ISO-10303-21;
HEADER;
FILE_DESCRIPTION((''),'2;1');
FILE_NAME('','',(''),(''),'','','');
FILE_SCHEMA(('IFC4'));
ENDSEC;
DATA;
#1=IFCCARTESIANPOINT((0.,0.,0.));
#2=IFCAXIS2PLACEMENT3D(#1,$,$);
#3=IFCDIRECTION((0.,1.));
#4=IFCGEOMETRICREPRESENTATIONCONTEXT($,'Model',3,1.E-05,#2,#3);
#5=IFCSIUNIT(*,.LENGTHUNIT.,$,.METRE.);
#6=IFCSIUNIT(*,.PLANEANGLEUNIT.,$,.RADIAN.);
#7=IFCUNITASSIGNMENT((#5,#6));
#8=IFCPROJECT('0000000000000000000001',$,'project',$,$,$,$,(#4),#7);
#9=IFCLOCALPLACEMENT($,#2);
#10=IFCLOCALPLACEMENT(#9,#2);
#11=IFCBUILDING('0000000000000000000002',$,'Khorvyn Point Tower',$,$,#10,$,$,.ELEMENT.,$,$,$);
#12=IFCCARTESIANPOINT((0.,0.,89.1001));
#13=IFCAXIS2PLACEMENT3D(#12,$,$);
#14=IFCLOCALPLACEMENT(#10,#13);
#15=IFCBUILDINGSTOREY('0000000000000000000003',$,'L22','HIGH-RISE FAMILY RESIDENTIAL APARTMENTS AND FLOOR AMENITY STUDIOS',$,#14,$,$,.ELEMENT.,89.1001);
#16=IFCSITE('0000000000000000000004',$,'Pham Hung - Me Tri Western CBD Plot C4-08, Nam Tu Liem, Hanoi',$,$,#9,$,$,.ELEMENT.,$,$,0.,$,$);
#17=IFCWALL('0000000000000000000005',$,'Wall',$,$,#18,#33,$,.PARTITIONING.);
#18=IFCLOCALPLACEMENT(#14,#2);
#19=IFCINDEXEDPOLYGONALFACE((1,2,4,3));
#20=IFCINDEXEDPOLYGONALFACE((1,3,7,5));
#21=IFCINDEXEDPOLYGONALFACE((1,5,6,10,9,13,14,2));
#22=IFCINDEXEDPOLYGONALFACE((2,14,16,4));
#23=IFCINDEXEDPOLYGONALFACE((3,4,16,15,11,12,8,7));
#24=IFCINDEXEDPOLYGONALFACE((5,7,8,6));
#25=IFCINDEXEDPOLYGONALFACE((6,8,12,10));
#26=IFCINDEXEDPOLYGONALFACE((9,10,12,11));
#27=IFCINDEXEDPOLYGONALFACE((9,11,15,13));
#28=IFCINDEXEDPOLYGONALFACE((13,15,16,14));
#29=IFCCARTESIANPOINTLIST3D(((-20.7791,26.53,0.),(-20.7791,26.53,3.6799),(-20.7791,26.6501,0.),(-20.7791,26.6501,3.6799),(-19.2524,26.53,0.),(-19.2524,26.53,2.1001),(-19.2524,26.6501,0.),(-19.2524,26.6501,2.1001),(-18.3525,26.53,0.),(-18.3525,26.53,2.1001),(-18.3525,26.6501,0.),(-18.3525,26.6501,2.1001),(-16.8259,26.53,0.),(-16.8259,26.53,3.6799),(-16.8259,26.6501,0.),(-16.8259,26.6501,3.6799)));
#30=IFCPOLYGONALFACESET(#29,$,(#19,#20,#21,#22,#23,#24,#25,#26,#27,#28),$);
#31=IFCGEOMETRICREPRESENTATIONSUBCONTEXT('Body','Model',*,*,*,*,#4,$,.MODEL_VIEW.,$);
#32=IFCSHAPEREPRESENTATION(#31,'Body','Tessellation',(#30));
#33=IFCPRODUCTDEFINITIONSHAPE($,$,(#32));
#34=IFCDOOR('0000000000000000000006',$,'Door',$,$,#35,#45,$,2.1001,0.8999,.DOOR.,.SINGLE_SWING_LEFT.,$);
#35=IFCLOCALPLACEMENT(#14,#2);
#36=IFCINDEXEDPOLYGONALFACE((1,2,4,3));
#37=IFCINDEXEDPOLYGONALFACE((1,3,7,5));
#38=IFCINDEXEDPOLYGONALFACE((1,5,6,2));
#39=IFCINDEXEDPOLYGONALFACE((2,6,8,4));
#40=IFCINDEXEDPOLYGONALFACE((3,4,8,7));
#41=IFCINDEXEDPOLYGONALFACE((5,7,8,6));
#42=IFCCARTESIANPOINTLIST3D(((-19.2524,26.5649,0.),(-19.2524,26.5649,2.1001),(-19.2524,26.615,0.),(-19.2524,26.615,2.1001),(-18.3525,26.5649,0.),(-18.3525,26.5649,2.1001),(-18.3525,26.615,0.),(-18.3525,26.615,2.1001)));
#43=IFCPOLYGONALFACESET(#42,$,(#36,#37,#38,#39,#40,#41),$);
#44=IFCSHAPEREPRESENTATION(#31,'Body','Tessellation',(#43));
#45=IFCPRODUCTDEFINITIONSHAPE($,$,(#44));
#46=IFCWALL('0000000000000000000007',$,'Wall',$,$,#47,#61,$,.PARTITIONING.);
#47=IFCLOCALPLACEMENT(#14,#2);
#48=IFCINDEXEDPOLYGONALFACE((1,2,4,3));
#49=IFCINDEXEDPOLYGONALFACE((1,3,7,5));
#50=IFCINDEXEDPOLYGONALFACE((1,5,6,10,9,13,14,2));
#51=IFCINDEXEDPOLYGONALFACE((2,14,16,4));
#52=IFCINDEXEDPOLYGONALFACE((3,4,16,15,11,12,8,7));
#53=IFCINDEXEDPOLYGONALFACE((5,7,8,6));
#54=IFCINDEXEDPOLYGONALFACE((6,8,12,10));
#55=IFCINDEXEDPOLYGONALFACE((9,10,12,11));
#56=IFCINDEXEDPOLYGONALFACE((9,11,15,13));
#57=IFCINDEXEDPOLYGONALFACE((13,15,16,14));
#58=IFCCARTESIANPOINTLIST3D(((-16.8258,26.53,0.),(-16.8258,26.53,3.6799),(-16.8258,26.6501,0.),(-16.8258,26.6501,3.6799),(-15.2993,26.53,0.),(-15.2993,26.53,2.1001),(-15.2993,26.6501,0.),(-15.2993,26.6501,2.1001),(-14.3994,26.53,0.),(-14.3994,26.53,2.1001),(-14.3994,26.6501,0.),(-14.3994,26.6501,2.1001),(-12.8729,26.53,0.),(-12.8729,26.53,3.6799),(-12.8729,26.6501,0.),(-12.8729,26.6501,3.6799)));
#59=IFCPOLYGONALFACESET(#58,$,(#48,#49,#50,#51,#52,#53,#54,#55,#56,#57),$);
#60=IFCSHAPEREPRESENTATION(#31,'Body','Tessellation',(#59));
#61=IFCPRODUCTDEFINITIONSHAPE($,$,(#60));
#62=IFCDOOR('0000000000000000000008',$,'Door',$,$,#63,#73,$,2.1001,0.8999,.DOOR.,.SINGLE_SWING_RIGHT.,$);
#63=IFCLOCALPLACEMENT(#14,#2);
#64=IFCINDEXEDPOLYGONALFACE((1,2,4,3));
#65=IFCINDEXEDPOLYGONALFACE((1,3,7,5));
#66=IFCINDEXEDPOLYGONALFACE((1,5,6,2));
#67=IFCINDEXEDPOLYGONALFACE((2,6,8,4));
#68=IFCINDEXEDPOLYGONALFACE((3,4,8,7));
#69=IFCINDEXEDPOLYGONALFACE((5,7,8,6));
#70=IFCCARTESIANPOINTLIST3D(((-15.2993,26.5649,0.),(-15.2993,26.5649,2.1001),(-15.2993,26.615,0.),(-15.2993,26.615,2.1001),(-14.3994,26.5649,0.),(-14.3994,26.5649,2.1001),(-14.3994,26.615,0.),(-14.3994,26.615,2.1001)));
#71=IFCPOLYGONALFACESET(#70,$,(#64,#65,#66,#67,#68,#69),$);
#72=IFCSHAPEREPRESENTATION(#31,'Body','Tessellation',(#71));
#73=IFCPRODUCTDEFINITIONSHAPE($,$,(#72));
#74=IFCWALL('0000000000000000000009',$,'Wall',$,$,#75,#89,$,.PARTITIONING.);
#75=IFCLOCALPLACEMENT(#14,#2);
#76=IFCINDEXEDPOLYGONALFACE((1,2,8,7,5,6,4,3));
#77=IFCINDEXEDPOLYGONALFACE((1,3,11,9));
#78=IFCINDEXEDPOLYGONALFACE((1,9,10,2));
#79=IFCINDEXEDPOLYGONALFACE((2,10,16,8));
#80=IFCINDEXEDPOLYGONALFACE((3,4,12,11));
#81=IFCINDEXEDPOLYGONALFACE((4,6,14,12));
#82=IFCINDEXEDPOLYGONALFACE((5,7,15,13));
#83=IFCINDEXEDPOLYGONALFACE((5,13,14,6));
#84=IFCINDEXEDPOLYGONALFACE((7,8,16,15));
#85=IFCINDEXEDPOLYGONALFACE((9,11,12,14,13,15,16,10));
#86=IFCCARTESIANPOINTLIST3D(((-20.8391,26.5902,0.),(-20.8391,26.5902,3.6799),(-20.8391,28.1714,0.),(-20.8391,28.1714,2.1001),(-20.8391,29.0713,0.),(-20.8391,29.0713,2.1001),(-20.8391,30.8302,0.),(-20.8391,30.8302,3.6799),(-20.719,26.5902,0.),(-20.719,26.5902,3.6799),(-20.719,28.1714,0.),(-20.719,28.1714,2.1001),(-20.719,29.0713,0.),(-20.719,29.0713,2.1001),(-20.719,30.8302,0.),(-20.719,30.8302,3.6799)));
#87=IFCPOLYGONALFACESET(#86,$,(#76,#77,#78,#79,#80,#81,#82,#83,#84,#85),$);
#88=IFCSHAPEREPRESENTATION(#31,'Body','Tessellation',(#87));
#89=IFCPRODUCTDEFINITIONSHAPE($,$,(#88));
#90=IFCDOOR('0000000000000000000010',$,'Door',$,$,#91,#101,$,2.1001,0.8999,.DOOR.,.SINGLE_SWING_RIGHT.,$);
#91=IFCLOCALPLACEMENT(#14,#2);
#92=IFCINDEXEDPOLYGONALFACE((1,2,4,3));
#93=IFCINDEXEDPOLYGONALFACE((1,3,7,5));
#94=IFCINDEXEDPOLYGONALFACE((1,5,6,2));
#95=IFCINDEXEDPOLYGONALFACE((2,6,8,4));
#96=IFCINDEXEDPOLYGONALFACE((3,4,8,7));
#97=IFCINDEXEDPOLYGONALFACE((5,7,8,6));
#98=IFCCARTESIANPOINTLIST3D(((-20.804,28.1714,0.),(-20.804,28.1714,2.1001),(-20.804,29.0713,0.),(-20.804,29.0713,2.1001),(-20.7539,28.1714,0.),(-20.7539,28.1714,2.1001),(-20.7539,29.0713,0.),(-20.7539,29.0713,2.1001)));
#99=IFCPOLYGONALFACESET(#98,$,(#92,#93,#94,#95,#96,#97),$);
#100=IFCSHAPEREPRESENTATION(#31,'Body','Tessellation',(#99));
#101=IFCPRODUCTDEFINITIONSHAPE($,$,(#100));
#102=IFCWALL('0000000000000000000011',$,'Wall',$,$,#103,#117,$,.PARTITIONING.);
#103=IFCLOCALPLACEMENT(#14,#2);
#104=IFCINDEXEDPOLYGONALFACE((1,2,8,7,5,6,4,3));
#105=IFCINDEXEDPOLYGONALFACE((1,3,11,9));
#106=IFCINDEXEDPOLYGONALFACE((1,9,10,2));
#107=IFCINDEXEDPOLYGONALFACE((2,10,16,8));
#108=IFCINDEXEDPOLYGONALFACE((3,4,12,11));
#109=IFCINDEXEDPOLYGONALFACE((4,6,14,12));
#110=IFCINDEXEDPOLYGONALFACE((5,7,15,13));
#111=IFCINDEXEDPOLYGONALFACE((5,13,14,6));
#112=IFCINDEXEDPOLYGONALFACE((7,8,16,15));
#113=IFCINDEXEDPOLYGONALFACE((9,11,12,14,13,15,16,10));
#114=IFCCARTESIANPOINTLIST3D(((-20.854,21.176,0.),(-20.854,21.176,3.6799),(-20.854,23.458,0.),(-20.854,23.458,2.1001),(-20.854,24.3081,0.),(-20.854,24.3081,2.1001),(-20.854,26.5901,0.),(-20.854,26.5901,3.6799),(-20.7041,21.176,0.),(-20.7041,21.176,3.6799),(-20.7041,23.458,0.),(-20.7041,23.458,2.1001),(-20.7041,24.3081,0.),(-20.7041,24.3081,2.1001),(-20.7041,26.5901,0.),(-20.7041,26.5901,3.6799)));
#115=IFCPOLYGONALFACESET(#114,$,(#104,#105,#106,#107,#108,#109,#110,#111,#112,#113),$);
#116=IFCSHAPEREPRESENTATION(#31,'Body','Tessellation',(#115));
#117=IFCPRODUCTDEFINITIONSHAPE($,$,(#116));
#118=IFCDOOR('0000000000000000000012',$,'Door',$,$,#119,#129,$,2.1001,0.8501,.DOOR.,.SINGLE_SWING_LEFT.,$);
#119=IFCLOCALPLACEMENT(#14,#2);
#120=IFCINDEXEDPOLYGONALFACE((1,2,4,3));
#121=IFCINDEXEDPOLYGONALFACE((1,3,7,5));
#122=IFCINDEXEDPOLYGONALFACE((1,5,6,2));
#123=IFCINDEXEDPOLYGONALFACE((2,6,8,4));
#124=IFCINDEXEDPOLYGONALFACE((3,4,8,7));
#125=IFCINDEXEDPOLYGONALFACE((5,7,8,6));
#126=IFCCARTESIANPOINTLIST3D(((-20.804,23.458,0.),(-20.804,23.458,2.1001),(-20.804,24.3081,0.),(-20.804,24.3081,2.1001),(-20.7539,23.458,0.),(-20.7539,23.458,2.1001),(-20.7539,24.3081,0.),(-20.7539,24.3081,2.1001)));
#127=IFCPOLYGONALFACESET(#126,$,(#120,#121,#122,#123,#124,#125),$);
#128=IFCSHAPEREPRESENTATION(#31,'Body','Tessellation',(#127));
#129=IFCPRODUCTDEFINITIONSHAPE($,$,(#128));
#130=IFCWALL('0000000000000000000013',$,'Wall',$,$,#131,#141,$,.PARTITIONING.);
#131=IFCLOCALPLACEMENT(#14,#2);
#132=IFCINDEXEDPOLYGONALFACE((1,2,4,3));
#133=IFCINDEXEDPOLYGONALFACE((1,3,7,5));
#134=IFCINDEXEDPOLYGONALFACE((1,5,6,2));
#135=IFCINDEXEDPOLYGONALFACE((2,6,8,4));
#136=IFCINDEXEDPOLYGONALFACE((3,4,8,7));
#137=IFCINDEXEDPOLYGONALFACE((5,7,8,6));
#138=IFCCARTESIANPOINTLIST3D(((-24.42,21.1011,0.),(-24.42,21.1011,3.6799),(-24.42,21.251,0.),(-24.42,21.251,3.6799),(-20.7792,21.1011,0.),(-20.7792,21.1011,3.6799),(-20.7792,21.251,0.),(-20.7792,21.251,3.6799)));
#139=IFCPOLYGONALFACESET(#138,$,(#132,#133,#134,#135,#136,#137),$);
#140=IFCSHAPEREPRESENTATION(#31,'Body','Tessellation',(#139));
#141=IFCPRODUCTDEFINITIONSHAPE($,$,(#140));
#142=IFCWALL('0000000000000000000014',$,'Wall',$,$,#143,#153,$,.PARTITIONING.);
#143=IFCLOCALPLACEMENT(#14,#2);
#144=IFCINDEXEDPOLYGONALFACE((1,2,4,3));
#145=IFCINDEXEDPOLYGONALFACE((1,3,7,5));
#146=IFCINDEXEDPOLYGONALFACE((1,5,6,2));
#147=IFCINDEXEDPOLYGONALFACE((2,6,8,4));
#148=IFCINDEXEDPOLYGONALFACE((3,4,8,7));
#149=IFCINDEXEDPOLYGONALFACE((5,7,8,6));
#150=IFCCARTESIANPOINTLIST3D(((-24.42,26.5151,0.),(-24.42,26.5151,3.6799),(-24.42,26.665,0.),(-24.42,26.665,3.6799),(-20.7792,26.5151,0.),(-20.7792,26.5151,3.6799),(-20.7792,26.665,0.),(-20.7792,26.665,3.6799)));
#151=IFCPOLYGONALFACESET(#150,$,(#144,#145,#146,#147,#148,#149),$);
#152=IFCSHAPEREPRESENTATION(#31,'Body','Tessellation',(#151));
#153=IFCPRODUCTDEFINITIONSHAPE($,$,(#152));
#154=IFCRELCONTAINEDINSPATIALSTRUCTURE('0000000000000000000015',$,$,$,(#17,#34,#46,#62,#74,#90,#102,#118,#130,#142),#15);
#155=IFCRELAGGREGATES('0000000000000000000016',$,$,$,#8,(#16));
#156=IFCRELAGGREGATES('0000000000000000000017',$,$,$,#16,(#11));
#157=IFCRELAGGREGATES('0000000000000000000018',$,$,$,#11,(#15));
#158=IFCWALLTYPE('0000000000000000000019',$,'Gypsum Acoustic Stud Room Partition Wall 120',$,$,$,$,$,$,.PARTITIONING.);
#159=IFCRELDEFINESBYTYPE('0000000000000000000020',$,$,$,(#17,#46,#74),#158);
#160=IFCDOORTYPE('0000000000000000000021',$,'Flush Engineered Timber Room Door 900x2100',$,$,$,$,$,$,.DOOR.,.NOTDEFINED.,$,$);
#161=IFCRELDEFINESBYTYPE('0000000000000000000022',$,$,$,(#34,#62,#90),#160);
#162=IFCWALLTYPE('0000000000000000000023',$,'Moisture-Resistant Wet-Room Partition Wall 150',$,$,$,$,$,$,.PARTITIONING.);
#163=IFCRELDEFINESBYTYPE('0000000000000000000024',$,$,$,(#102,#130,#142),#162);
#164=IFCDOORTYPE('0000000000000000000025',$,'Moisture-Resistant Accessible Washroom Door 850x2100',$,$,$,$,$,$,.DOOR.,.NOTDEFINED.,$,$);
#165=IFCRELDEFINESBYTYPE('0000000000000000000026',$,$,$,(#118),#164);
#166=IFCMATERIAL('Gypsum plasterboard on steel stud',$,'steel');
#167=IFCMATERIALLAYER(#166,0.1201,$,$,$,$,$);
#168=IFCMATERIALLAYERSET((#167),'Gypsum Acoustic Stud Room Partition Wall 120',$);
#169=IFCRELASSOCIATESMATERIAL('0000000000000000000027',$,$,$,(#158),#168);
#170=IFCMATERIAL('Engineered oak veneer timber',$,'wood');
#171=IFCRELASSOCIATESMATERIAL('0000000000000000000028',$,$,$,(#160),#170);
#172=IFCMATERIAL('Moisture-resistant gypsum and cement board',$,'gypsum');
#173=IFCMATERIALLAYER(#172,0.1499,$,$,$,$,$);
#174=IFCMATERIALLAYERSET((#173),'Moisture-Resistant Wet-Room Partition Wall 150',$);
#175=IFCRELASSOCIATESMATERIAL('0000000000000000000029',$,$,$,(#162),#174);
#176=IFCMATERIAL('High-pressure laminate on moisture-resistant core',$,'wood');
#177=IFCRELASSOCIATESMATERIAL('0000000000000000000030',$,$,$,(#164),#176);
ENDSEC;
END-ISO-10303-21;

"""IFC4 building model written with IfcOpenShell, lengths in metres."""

from ifc_helpers import new_model, si_unit, direction, frame, frame_2d, origin, place, context, subcontext, project, spatial, rectangle, extrude, material, layer, layer_set, type_object, element, fill, save


model = new_model("IFC4")

# Units and contexts
model_context = context("Model", 3, precision=1e-05, world=origin(), true_north=direction((0.0, 1.0)))
body_context = subcontext(model_context, "Body", "Model", "MODEL_VIEW")
ifc_project = project(units=[si_unit("LENGTHUNIT", "METRE"), si_unit("PLANEANGLEUNIT", "RADIAN")], contexts=[model_context])

# Site, building, storey
site_placement = place(None, origin())
site = spatial("IfcSite", under=ifc_project, at=site_placement, Name="Pham Hung - Me Tri Western CBD Plot C4-08, Nam Tu Liem, Hanoi", CompositionType="ELEMENT", RefElevation=0.0)
building_placement = place(site_placement, origin())
building = spatial("IfcBuilding", under=site, at=building_placement, Name="Khorvyn Point Tower", CompositionType="ELEMENT")
storey_placement = place(building_placement, frame((0.0, 0.0, 89.1001)))
storey = spatial("IfcBuildingStorey", under=building, at=storey_placement, Name="L22", Description="HIGH-RISE FAMILY RESIDENTIAL APARTMENTS AND FLOOR AMENITY STUDIOS", CompositionType="ELEMENT", Elevation=89.1001)

# Walls, openings, doors
ifc_material_1 = material(Name="Gypsum plasterboard on steel stud", Category="steel")
ifc_layer_1 = layer(ifc_material_1, 0.1201)
ifc_layer_set_1 = layer_set([ifc_layer_1], Name="Gypsum Acoustic Stud Room Partition Wall 120")
wall_type_1 = type_object("IfcWallType", Name="Gypsum Acoustic Stud Room Partition Wall 120", PredefinedType="PARTITIONING", material=ifc_layer_set_1)
wall_1_placement = place(storey_placement, frame((-20.7791, 26.5901, 0.0), z_axis=(0.0, 0.0, 1.0), x_axis=(1.0, 0.0, 0.0)))
wall_1 = element("IfcWall", 1, at=wall_1_placement, inside=storey, type_object=wall_type_1, Name="Wall", PredefinedType="PARTITIONING", context=body_context, shape_type="SweptSolid", body=[
    extrude(rectangle(XDim=3.9531, YDim=0.1201, at=frame_2d((1.9766, 0.0))), origin(), (0.0, 0.0, 1.0), 3.6799),
])
opening_1_placement = place(wall_1_placement, frame((1.5266, 0.0, 0.0)))
opening_1 = element("IfcOpeningElement", 2, at=opening_1_placement, cuts=wall_1, PredefinedType="OPENING", context=body_context, shape_type="SweptSolid", body=[
    extrude(rectangle(XDim=0.8999, YDim=2.1001, at=frame_2d((0.45, 1.05))), frame((0.0, 0.0701, 0.0), z_axis=(0.0, -1.0, 0.0), x_axis=(1.0, 0.0, 0.0)), (0.0, 0.0, 1.0), 0.1401),
])
ifc_material_2 = material(Name="Engineered oak veneer timber", Category="wood")
door_type_1 = type_object("IfcDoorType", Name="Flush Engineered Timber Room Door 900x2100", OperationType="NOTDEFINED", PredefinedType="DOOR", material=ifc_material_2)
door_1_placement = place(opening_1_placement, origin())
door_1 = element("IfcDoor", 3, at=door_1_placement, inside=storey, type_object=door_type_1, Name="Door", OperationType="SINGLE_SWING_LEFT", OverallHeight=2.1001, OverallWidth=0.8999, PredefinedType="DOOR", context=body_context, shape_type="SweptSolid", body=[
    extrude(rectangle(XDim=0.8999, YDim=2.1001, at=frame_2d((0.45, 1.05))), frame((0.0, 0.0249, 0.0), z_axis=(0.0, -1.0, 0.0), x_axis=(1.0, 0.0, 0.0)), (0.0, 0.0, 1.0), 0.05),
])
fill(opening_1, door_1)
wall_2_placement = place(storey_placement, frame((-16.8259, 26.5901, 0.0), z_axis=(0.0, 0.0, 1.0), x_axis=(1.0, 0.0, 0.0)))
wall_2 = element("IfcWall", 4, at=wall_2_placement, inside=storey, type_object=wall_type_1, Name="Wall", PredefinedType="PARTITIONING", context=body_context, shape_type="SweptSolid", body=[
    extrude(rectangle(XDim=3.9529, YDim=0.1201, at=frame_2d((1.9766, 0.0))), origin(), (0.0, 0.0, 1.0), 3.6799),
])
opening_2_placement = place(wall_2_placement, frame((1.5266, 0.0, 0.0)))
opening_2 = element("IfcOpeningElement", 5, at=opening_2_placement, cuts=wall_2, PredefinedType="OPENING", context=body_context, shape_type="SweptSolid", body=[
    extrude(rectangle(XDim=0.8999, YDim=2.1001, at=frame_2d((0.45, 1.05))), frame((0.0, 0.0701, 0.0), z_axis=(0.0, -1.0, 0.0), x_axis=(1.0, 0.0, 0.0)), (0.0, 0.0, 1.0), 0.1401),
])
door_2_placement = place(opening_2_placement, origin())
door_2 = element("IfcDoor", 6, at=door_2_placement, inside=storey, type_object=door_type_1, Name="Door", OperationType="SINGLE_SWING_RIGHT", OverallHeight=2.1001, OverallWidth=0.8999, PredefinedType="DOOR", context=body_context, shape_type="SweptSolid", body=[
    extrude(rectangle(XDim=0.8999, YDim=2.1001, at=frame_2d((0.45, 1.05))), frame((0.0, 0.0249, 0.0), z_axis=(0.0, -1.0, 0.0), x_axis=(1.0, 0.0, 0.0)), (0.0, 0.0, 1.0), 0.05),
])
fill(opening_2, door_2)
wall_3_placement = place(storey_placement, frame((-20.7791, 26.5901, 0.0), z_axis=(0.0, 0.0, 1.0), x_axis=(0.0, 1.0, 0.0)))
wall_3 = element("IfcWall", 7, at=wall_3_placement, inside=storey, type_object=wall_type_1, Name="Wall", PredefinedType="PARTITIONING", context=body_context, shape_type="SweptSolid", body=[
    extrude(rectangle(XDim=4.24, YDim=0.1201, at=frame_2d((2.1201, 0.0))), origin(), (0.0, 0.0, 1.0), 3.6799),
])
opening_3_placement = place(wall_3_placement, frame((1.5813, 0.0, 0.0)))
opening_3 = element("IfcOpeningElement", 8, at=opening_3_placement, cuts=wall_3, PredefinedType="OPENING", context=body_context, shape_type="SweptSolid", body=[
    extrude(rectangle(XDim=0.8999, YDim=2.1001, at=frame_2d((0.45, 1.05))), frame((0.0, 0.0701, 0.0), z_axis=(0.0, -1.0, 0.0), x_axis=(1.0, 0.0, 0.0)), (0.0, 0.0, 1.0), 0.1401),
])
door_3_placement = place(opening_3_placement, origin())
door_3 = element("IfcDoor", 9, at=door_3_placement, inside=storey, type_object=door_type_1, Name="Door", OperationType="SINGLE_SWING_RIGHT", OverallHeight=2.1001, OverallWidth=0.8999, PredefinedType="DOOR", context=body_context, shape_type="SweptSolid", body=[
    extrude(rectangle(XDim=0.8999, YDim=2.1001, at=frame_2d((0.45, 1.05))), frame((0.0, 0.0249, 0.0), z_axis=(0.0, -1.0, 0.0), x_axis=(1.0, 0.0, 0.0)), (0.0, 0.0, 1.0), 0.05),
])
fill(opening_3, door_3)
ifc_material_3 = material(Name="Moisture-resistant gypsum and cement board", Category="gypsum")
ifc_layer_2 = layer(ifc_material_3, 0.1499)
ifc_layer_set_2 = layer_set([ifc_layer_2], Name="Moisture-Resistant Wet-Room Partition Wall 150")
wall_type_2 = type_object("IfcWallType", Name="Moisture-Resistant Wet-Room Partition Wall 150", PredefinedType="PARTITIONING", material=ifc_layer_set_2)
wall_4_placement = place(storey_placement, frame((-20.7791, 21.176, 0.0), z_axis=(0.0, 0.0, 1.0), x_axis=(0.0, 1.0, 0.0)))
wall_4 = element("IfcWall", 10, at=wall_4_placement, inside=storey, type_object=wall_type_2, Name="Wall", PredefinedType="PARTITIONING", context=body_context, shape_type="SweptSolid", body=[
    extrude(rectangle(XDim=5.4141, YDim=0.1499, at=frame_2d((2.707, 0.0))), origin(), (0.0, 0.0, 1.0), 3.6799),
])
opening_4_placement = place(wall_4_placement, frame((2.282, 0.0, 0.0)))
opening_4 = element("IfcOpeningElement", 11, at=opening_4_placement, cuts=wall_4, PredefinedType="OPENING", context=body_context, shape_type="SweptSolid", body=[
    extrude(rectangle(XDim=0.8501, YDim=2.1001, at=frame_2d((0.425, 1.05))), frame((0.0, 0.085, 0.0), z_axis=(0.0, -1.0, 0.0), x_axis=(1.0, 0.0, 0.0)), (0.0, 0.0, 1.0), 0.1699),
])
ifc_material_4 = material(Name="High-pressure laminate on moisture-resistant core", Category="wood")
door_type_2 = type_object("IfcDoorType", Name="Moisture-Resistant Accessible Washroom Door 850x2100", OperationType="NOTDEFINED", PredefinedType="DOOR", material=ifc_material_4)
door_4_placement = place(opening_4_placement, origin())
door_4 = element("IfcDoor", 12, at=door_4_placement, inside=storey, type_object=door_type_2, Name="Door", OperationType="SINGLE_SWING_LEFT", OverallHeight=2.1001, OverallWidth=0.8501, PredefinedType="DOOR", context=body_context, shape_type="SweptSolid", body=[
    extrude(rectangle(XDim=0.8501, YDim=2.1001, at=frame_2d((0.425, 1.05))), frame((0.0, 0.0249, 0.0), z_axis=(0.0, -1.0, 0.0), x_axis=(1.0, 0.0, 0.0)), (0.0, 0.0, 1.0), 0.05),
])
fill(opening_4, door_4)

# Walls
for number, where, z_axis, x_axis, name in (
    (13, (-24.4199, 21.176, 0.0), (0.0, 0.0, 1.0), (1.0, 0.0, 0.0), "Wall"),
    (14, (-24.4199, 26.5901, 0.0), (0.0, 0.0, 1.0), (1.0, 0.0, 0.0), "Wall"),
):
    element("IfcWall", number, at=place(storey_placement, frame(where, z_axis=z_axis, x_axis=x_axis)), inside=storey, type_object=wall_type_2, Name=name, PredefinedType="PARTITIONING", context=body_context, shape_type="SweptSolid", body=[
        extrude(rectangle(XDim=3.6409, YDim=0.1499, at=frame_2d((1.8203, 0.0))), origin(), (0.0, 0.0, 1.0), 3.6799),
    ])

save(model, "model.ifc")
